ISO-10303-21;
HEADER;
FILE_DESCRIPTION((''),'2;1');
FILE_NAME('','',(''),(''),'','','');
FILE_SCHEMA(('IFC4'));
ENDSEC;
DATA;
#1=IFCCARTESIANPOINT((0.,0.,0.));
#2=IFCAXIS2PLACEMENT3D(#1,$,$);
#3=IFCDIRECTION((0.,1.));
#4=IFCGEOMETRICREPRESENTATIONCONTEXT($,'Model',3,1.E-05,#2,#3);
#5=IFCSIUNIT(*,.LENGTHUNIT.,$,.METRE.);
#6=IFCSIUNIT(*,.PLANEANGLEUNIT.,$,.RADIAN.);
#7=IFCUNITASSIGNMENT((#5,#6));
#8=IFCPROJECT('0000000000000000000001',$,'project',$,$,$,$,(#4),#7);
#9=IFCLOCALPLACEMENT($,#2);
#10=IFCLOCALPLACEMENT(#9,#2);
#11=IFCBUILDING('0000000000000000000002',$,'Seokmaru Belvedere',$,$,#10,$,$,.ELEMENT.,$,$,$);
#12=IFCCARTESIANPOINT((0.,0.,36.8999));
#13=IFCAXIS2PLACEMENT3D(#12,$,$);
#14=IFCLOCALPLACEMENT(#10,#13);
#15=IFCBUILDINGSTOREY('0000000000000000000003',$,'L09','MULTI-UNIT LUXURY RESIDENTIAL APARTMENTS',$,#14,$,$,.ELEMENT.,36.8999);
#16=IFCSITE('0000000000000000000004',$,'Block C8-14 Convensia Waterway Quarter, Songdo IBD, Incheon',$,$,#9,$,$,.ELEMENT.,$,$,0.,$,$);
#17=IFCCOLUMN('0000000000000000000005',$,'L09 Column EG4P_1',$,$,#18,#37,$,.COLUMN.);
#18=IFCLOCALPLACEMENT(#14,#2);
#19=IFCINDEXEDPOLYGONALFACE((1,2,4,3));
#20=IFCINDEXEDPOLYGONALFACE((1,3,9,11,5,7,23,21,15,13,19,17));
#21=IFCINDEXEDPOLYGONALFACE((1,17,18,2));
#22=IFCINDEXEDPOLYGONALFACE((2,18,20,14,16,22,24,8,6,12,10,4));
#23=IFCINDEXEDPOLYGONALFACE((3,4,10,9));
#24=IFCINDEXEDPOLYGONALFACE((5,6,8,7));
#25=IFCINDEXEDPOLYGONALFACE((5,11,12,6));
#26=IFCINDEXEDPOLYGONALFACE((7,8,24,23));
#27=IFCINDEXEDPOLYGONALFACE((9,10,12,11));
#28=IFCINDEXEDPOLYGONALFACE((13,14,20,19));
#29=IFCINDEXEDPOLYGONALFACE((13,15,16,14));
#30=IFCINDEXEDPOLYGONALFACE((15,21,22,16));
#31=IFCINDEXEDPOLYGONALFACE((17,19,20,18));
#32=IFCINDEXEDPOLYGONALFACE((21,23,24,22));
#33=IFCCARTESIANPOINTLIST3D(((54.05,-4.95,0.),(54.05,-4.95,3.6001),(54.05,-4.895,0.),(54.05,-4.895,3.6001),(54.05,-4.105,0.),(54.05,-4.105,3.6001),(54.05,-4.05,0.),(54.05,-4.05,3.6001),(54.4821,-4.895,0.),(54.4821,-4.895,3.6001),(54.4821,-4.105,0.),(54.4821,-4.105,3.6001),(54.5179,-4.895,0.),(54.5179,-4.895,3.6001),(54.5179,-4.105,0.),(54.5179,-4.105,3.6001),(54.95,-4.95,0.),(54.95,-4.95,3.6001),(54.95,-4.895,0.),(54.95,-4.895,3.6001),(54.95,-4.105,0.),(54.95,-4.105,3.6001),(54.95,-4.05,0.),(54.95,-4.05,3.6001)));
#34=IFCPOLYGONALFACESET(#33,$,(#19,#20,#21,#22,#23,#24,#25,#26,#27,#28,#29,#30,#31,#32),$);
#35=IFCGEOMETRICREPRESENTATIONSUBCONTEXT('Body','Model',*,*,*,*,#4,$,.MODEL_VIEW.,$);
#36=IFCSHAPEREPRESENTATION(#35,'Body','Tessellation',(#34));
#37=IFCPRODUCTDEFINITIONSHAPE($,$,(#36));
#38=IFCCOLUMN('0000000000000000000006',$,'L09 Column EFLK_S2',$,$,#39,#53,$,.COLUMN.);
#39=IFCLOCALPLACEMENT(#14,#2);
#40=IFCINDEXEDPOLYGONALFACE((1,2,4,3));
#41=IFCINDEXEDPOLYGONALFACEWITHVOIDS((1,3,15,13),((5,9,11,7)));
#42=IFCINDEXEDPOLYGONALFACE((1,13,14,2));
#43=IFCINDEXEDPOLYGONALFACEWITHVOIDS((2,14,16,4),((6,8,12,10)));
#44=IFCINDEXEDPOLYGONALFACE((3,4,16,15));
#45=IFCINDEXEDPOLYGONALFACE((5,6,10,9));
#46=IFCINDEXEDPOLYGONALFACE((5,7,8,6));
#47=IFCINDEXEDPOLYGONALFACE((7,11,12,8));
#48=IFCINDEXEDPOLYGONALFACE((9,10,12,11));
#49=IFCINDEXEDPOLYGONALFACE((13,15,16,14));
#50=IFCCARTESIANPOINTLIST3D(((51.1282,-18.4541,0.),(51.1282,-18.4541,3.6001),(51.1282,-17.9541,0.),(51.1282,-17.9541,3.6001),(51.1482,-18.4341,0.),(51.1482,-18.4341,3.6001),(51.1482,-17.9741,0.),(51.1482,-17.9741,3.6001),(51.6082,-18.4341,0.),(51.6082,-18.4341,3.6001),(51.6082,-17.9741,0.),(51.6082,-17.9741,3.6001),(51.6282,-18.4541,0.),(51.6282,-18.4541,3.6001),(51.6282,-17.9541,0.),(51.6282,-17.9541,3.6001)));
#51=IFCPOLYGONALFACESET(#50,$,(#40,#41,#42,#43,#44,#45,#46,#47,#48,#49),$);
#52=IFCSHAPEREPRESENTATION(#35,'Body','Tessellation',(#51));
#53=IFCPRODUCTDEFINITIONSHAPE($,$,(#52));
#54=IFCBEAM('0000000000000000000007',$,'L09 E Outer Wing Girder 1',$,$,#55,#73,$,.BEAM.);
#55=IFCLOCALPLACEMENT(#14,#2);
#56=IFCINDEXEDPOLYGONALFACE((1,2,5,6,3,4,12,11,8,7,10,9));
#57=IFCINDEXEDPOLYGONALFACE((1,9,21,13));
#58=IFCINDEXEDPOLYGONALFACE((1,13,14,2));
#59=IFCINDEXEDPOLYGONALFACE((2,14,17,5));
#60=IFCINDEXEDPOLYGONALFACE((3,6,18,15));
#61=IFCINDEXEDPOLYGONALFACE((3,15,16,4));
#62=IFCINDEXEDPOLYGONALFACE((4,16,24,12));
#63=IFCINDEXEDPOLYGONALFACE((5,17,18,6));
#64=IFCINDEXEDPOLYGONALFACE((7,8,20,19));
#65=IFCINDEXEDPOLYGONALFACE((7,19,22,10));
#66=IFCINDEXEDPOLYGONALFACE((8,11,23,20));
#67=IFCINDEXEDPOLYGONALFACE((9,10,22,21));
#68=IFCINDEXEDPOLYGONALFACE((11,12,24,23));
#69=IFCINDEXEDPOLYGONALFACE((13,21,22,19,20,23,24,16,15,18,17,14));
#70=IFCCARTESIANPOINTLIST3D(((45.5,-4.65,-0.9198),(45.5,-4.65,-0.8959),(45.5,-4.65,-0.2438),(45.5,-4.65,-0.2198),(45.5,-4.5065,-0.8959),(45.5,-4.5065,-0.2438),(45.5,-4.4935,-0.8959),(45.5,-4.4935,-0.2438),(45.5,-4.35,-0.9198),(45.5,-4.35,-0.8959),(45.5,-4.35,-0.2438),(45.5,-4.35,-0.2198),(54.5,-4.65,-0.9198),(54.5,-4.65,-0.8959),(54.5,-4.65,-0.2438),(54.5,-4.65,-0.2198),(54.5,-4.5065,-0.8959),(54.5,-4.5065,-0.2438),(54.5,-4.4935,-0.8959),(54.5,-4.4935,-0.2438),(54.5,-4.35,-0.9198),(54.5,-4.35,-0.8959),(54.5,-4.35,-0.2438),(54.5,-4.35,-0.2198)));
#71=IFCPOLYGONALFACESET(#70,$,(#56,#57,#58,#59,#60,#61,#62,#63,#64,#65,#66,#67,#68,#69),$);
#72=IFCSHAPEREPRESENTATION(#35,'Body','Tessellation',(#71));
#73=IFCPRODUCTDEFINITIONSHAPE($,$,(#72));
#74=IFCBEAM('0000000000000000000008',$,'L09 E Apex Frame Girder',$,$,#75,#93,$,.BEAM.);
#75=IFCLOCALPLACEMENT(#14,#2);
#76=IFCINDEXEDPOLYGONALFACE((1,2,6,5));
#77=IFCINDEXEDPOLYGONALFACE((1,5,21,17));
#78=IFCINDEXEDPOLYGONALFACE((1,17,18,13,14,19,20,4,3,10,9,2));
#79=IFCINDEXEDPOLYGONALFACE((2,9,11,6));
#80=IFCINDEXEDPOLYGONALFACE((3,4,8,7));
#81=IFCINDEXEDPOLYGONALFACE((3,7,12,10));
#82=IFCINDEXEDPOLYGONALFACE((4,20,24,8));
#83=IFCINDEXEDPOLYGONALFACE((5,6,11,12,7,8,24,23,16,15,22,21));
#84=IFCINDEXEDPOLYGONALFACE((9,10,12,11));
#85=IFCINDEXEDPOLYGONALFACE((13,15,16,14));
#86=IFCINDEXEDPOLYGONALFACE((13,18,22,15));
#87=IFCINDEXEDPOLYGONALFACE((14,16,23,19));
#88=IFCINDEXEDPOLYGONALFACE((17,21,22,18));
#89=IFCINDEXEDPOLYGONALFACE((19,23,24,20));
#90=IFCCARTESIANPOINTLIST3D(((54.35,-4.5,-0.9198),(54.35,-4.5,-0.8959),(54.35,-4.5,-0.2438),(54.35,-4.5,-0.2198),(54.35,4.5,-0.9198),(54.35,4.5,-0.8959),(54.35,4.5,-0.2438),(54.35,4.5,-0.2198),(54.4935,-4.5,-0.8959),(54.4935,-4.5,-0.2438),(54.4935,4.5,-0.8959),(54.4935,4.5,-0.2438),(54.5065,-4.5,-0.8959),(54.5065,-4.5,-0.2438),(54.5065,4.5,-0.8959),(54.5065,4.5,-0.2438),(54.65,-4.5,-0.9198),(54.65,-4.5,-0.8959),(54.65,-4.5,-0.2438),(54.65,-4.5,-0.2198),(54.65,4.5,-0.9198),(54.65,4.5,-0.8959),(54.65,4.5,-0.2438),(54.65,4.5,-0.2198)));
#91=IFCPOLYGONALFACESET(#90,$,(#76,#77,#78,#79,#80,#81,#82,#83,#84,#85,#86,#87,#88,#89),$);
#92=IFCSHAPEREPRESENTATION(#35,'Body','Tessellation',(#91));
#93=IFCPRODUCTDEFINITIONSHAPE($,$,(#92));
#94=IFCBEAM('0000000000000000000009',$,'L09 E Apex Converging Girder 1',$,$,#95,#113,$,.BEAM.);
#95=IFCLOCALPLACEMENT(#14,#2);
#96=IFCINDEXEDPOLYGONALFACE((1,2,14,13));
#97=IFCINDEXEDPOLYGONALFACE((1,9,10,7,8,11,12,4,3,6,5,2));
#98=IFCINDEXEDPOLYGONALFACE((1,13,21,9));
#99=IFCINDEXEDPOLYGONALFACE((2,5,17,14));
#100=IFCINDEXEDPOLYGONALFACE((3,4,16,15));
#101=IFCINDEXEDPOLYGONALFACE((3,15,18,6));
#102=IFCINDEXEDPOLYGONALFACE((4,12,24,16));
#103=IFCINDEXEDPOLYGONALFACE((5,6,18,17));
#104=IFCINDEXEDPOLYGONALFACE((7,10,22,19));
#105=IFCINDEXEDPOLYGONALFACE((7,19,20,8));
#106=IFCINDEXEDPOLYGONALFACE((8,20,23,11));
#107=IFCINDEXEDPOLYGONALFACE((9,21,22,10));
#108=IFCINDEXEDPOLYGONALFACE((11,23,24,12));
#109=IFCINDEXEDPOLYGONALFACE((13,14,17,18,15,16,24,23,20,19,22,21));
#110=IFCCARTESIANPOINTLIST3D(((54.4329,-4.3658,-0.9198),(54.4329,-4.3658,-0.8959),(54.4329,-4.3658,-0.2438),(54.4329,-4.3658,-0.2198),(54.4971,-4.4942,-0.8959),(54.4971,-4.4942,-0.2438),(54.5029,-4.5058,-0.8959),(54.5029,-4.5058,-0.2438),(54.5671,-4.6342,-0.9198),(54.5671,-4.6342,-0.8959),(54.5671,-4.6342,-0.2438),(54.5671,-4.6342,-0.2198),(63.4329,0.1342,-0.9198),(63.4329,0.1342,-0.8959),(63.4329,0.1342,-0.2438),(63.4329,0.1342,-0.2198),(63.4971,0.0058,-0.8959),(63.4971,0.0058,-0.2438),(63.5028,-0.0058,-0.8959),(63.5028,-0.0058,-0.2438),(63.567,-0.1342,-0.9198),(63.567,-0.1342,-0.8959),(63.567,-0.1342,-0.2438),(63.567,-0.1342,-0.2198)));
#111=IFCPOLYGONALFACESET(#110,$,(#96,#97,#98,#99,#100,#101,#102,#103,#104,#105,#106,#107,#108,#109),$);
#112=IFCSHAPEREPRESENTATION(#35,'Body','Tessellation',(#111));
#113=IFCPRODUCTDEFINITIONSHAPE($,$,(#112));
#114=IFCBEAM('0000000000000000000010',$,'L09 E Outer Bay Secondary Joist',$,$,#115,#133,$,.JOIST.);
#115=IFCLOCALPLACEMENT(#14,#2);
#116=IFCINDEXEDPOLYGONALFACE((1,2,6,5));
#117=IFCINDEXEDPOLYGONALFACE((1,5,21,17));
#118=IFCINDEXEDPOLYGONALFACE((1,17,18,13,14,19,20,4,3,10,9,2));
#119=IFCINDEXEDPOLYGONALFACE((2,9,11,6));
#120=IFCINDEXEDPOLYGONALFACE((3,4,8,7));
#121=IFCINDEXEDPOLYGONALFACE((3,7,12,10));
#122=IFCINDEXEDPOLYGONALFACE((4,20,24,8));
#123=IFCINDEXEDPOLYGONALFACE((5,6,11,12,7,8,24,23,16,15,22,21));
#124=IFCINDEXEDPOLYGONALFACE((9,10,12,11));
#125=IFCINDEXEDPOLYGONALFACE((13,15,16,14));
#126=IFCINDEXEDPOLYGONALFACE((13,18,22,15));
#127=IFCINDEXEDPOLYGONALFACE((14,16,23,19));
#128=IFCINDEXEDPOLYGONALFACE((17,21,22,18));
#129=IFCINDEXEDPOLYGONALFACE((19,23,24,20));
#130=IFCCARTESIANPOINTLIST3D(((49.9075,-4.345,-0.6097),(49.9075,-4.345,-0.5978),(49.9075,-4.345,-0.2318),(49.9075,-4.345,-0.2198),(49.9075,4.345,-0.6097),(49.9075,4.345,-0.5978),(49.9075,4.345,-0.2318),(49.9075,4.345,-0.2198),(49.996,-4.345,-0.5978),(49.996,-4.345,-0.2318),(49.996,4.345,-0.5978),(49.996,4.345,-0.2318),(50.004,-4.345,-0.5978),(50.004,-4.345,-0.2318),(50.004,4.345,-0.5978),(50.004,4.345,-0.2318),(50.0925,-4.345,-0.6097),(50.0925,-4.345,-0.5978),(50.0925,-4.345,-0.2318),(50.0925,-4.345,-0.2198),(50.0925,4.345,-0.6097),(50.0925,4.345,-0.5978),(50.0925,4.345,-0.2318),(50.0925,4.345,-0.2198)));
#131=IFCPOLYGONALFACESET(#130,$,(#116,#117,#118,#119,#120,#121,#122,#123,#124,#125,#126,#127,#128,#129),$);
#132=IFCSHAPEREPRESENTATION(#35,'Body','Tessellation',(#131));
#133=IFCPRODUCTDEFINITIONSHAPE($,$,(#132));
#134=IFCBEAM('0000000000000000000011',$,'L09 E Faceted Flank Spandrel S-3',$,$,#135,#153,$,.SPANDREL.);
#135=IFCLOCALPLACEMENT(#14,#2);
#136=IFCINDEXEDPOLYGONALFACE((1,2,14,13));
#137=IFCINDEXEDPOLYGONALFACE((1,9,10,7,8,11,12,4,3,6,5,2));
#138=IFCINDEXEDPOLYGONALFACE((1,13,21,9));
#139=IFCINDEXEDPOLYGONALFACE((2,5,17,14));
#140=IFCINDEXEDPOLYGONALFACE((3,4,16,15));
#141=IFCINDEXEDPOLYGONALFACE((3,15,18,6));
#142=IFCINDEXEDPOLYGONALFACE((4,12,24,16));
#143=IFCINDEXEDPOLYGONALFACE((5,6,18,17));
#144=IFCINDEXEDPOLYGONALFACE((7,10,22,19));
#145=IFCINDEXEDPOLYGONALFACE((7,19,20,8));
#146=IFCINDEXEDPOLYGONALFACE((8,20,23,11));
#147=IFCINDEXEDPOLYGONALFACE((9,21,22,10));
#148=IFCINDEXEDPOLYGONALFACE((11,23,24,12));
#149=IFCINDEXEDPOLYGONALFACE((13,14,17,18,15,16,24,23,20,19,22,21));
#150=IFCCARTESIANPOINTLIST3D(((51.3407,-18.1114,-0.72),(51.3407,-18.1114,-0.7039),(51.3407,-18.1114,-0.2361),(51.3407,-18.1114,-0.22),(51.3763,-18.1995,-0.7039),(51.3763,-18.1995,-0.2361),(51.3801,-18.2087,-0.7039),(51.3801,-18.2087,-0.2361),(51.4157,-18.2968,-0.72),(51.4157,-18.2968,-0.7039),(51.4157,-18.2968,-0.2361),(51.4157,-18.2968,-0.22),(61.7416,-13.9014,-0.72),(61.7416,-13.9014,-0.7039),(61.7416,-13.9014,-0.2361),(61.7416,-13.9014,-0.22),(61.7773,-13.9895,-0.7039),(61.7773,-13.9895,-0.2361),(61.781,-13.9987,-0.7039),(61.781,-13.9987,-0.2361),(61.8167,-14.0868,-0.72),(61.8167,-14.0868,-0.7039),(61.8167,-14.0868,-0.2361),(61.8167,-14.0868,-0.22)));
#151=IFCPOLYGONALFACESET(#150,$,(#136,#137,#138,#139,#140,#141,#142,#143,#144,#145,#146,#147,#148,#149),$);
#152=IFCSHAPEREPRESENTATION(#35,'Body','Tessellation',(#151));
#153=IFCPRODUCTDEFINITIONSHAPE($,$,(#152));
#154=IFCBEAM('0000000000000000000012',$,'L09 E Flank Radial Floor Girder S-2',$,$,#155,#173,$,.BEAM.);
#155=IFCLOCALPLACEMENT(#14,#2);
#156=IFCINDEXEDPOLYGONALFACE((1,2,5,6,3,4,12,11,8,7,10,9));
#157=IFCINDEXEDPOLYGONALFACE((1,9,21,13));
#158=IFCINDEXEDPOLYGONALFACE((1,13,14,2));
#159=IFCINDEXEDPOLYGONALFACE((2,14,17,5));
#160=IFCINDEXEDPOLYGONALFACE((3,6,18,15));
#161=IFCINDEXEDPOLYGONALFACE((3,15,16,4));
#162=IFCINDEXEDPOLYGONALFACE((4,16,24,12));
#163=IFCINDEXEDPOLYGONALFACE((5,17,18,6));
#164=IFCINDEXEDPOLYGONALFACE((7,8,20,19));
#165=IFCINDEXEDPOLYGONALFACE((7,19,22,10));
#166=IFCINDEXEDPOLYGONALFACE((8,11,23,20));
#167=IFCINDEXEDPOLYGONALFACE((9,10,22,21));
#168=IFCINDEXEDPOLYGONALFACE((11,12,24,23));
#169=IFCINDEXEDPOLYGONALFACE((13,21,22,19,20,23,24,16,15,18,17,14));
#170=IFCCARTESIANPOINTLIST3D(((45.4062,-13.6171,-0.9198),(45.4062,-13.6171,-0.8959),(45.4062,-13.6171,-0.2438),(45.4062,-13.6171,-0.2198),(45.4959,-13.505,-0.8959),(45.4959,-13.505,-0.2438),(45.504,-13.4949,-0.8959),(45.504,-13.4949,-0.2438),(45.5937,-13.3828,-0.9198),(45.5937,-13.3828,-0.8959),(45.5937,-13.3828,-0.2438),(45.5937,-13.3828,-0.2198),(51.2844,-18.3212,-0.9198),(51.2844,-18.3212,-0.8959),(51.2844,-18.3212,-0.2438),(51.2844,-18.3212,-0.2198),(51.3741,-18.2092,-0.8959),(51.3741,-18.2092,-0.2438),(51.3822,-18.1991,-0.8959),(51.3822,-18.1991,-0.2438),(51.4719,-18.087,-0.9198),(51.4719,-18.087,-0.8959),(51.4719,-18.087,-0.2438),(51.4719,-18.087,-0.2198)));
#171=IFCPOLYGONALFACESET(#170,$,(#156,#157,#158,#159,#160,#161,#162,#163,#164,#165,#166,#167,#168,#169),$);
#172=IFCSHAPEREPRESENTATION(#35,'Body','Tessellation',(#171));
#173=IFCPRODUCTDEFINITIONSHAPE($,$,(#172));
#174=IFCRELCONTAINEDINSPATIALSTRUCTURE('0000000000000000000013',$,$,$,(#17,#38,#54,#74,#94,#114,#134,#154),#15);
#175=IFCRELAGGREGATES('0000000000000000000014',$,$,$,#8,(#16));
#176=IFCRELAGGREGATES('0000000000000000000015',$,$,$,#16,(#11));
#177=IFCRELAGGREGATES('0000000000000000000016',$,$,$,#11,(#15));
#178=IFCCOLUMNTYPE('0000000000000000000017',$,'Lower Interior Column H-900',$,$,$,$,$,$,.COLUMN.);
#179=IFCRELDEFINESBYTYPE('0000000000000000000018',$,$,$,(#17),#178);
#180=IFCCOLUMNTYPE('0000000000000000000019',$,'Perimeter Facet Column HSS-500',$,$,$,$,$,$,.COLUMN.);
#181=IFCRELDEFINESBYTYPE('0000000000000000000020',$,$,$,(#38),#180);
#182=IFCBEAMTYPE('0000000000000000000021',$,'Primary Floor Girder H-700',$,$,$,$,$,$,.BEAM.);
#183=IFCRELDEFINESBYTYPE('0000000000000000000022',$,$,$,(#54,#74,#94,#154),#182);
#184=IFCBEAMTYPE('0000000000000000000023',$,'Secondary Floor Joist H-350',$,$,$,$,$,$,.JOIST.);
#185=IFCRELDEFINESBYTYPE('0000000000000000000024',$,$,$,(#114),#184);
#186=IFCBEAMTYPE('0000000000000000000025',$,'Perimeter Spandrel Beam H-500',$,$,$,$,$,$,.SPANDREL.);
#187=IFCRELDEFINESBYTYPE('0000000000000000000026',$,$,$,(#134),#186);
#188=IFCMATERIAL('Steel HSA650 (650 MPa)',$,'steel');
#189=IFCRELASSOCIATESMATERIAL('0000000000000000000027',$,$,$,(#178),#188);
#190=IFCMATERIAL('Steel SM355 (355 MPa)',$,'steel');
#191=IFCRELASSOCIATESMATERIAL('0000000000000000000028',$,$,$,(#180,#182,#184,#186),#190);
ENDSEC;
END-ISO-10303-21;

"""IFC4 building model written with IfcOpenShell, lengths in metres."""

from ifc_helpers import new_model, si_unit, direction, frame, origin, origin_2d, place, context, subcontext, project, spatial, hollow_rectangle, i_section, extrude, source, transform, mapped, material, material_profile, profile_set, type_object, type_shapes, element, save


model = new_model("IFC4")

# Units and contexts
model_context = context("Model", 3, precision=1e-05, world=origin(), true_north=direction((0.0, 1.0)))
body_context = subcontext(model_context, "Body", "Model", "MODEL_VIEW")
ifc_project = project(units=[si_unit("LENGTHUNIT", "METRE"), si_unit("PLANEANGLEUNIT", "RADIAN")], contexts=[model_context])

# Site, building, storey
site_placement = place(None, origin())
site = spatial("IfcSite", under=ifc_project, at=site_placement, Name="Block C8-14 Convensia Waterway Quarter, Songdo IBD, Incheon", CompositionType="ELEMENT", RefElevation=0.0)
building_placement = place(site_placement, origin())
building = spatial("IfcBuilding", under=site, at=building_placement, Name="Seokmaru Belvedere", CompositionType="ELEMENT")
storey_placement = place(building_placement, frame((0.0, 0.0, 36.8999)))
storey = spatial("IfcBuildingStorey", under=building, at=storey_placement, Name="L09", Description="MULTI-UNIT LUXURY RESIDENTIAL APARTMENTS", CompositionType="ELEMENT", Elevation=36.8999)

# Columns
ifc_material_1 = material(Name="Steel HSA650 (650 MPa)", Category="steel")
ifc_material_profile_1 = material_profile(ifc_material_1, i_section(OverallWidth=0.8999, OverallDepth=0.8999, WebThickness=0.0359, FlangeThickness=0.0549, at=origin_2d()), Name="H-900x900x36x55")
ifc_profile_set_1 = profile_set([ifc_material_profile_1], Name="Steel HSA650 (650 MPa)")
column_type_1 = type_object("IfcColumnType", Name="Lower Interior Column H-900", PredefinedType="COLUMN", material=ifc_profile_set_1)
shared_shape_1 = source(origin(), body_context, "Body", "SweptSolid", [
    extrude(i_section(OverallWidth=0.8999, OverallDepth=0.8999, WebThickness=0.0359, FlangeThickness=0.0549, at=origin_2d()), origin(), (0.0, 0.0, 1.0), 3.6001),
])
type_shapes(column_type_1, [shared_shape_1])
column_1_placement = place(storey_placement, frame((54.5, -4.5, 0.0), z_axis=(0.0, 0.0, 1.0), x_axis=(1.0, 0.0, 0.0)))
element("IfcColumn", 1, at=column_1_placement, inside=storey, type_object=column_type_1, Name="L09 Column EG4P_1", PredefinedType="COLUMN", context=body_context, shape_type="MappedRepresentation", body=[
    mapped(shared_shape_1, transform((0.0, 0.0, 0.0), scale=1.0)),
])
ifc_material_2 = material(Name="Steel SM355 (355 MPa)", Category="steel")
ifc_material_profile_2 = material_profile(ifc_material_2, hollow_rectangle(XDim=0.5, YDim=0.5, WallThickness=0.02, at=origin_2d()), Name="HSS-500x500x20")
ifc_profile_set_2 = profile_set([ifc_material_profile_2], Name="Steel SM355 (355 MPa)")
column_type_2 = type_object("IfcColumnType", Name="Perimeter Facet Column HSS-500", PredefinedType="COLUMN", material=ifc_profile_set_2)
shared_shape_2 = source(origin(), body_context, "Body", "SweptSolid", [
    extrude(hollow_rectangle(XDim=0.5, YDim=0.5, WallThickness=0.02, at=origin_2d()), origin(), (0.0, 0.0, 1.0), 3.6001),
])
type_shapes(column_type_2, [shared_shape_2])
column_2_placement = place(storey_placement, frame((51.3782, -18.2041, 0.0), z_axis=(0.0, 0.0, 1.0), x_axis=(1.0, 0.0, 0.0)))
element("IfcColumn", 2, at=column_2_placement, inside=storey, type_object=column_type_2, Name="L09 Column EFLK_S2", PredefinedType="COLUMN", context=body_context, shape_type="MappedRepresentation", body=[
    mapped(shared_shape_2, transform((0.0, 0.0, 0.0), scale=1.0)),
])

# Beams
ifc_material_profile_3 = material_profile(ifc_material_2, i_section(OverallWidth=0.3, OverallDepth=0.7, WebThickness=0.0129, FlangeThickness=0.0239, at=origin_2d()), Name="H-700x300x13x24")
ifc_profile_set_3 = profile_set([ifc_material_profile_3], Name="Steel SM355 (355 MPa)")
beam_type_1 = type_object("IfcBeamType", Name="Primary Floor Girder H-700", PredefinedType="BEAM", material=ifc_profile_set_3)
shared_shape_3 = source(origin(), body_context, "Body", "SweptSolid", [
    extrude(i_section(OverallWidth=0.3, OverallDepth=0.7, WebThickness=0.0129, FlangeThickness=0.0239, at=origin_2d()), origin(), (0.0, 0.0, 1.0), 9.0),
])
for number, where, z_axis, x_axis, name in (
    (3, (45.5, -4.5, -0.5698), (1.0, 0.0, 0.0), (0.0, 1.0, 0.0), "L09 E Outer Wing Girder 1"),
    (4, (54.5, -4.5, -0.5698), (0.0, 1.0, 0.0), (-1.0, 0.0, 0.0), "L09 E Apex Frame Girder"),
):
    element("IfcBeam", number, at=place(storey_placement, frame(where, z_axis=z_axis, x_axis=x_axis)), inside=storey, type_object=beam_type_1, Name=name, PredefinedType="BEAM", context=body_context, shape_type="MappedRepresentation", body=[
        mapped(shared_shape_3, transform((0.0, 0.0, 0.0), scale=1.0)),
    ])
shared_shape_4 = source(origin(), body_context, "Body", "SweptSolid", [
    extrude(i_section(OverallWidth=0.3, OverallDepth=0.7, WebThickness=0.0129, FlangeThickness=0.0239, at=origin_2d()), origin(), (0.0, 0.0, 1.0), 10.0623),
])
beam_1_placement = place(storey_placement, frame((54.5, -4.5, -0.5698), z_axis=(0.894427, 0.447214, 0.0), x_axis=(-0.447214, 0.894427, 0.0)))
element("IfcBeam", 5, at=beam_1_placement, inside=storey, type_object=beam_type_1, Name="L09 E Apex Converging Girder 1", PredefinedType="BEAM", context=body_context, shape_type="MappedRepresentation", body=[
    mapped(shared_shape_4, transform((0.0, 0.0, 0.0), scale=1.0)),
])
ifc_material_profile_4 = material_profile(ifc_material_2, i_section(OverallWidth=0.1851, OverallDepth=0.3899, WebThickness=0.0081, FlangeThickness=0.012, at=origin_2d()), Name="H-390x185x8x12")
ifc_profile_set_4 = profile_set([ifc_material_profile_4], Name="Steel SM355 (355 MPa)")
beam_type_2 = type_object("IfcBeamType", Name="Secondary Floor Joist H-350", PredefinedType="JOIST", material=ifc_profile_set_4)
shared_shape_5 = source(origin(), body_context, "Body", "SweptSolid", [
    extrude(i_section(OverallWidth=0.1851, OverallDepth=0.3899, WebThickness=0.0081, FlangeThickness=0.012, at=origin_2d()), origin(), (0.0, 0.0, 1.0), 8.6899),
])
type_shapes(beam_type_2, [shared_shape_5])
beam_2_placement = place(storey_placement, frame((50.0, -4.345, -0.4148), z_axis=(0.0, 1.0, 0.0), x_axis=(-1.0, 0.0, 0.0)))
element("IfcBeam", 6, at=beam_2_placement, inside=storey, type_object=beam_type_2, Name="L09 E Outer Bay Secondary Joist", PredefinedType="JOIST", context=body_context, shape_type="MappedRepresentation", body=[
    mapped(shared_shape_5, transform((0.0, 0.0, 0.0), scale=1.0)),
])
ifc_material_profile_5 = material_profile(ifc_material_2, i_section(OverallWidth=0.2, OverallDepth=0.5, WebThickness=0.01, FlangeThickness=0.0161, at=origin_2d()), Name="H-500x200x10x16")
ifc_profile_set_5 = profile_set([ifc_material_profile_5], Name="Steel SM355 (355 MPa)")
beam_type_3 = type_object("IfcBeamType", Name="Perimeter Spandrel Beam H-500", PredefinedType="SPANDREL", material=ifc_profile_set_5)
shared_shape_6 = source(origin(), body_context, "Body", "SweptSolid", [
    extrude(i_section(OverallWidth=0.2, OverallDepth=0.5, WebThickness=0.01, FlangeThickness=0.0161, at=origin_2d()), origin(), (0.0, 0.0, 1.0), 11.2207),
])
type_shapes(beam_type_3, [shared_shape_6])
beam_3_placement = place(storey_placement, frame((51.3782, -18.2041, -0.47), z_axis=(0.926944, 0.375199, 0.0), x_axis=(-0.375199, 0.926944, 0.0)))
element("IfcBeam", 7, at=beam_3_placement, inside=storey, type_object=beam_type_3, Name="L09 E Faceted Flank Spandrel S-3", PredefinedType="SPANDREL", context=body_context, shape_type="MappedRepresentation", body=[
    mapped(shared_shape_6, transform((0.0, 0.0, 0.0), scale=1.0)),
])
shared_shape_7 = source(origin(), body_context, "Body", "SweptSolid", [
    extrude(i_section(OverallWidth=0.3, OverallDepth=0.7, WebThickness=0.0129, FlangeThickness=0.0239, at=origin_2d()), origin(), (0.0, 0.0, 1.0), 7.5288),
])
type_shapes(beam_type_1, [shared_shape_3, shared_shape_4, shared_shape_7])
beam_4_placement = place(storey_placement, frame((51.3782, -18.2041, -0.5698), z_axis=(-0.780768, 0.624822, 0.0), x_axis=(-0.624822, -0.780768, 0.0)))
element("IfcBeam", 8, at=beam_4_placement, inside=storey, type_object=beam_type_1, Name="L09 E Flank Radial Floor Girder S-2", PredefinedType="BEAM", context=body_context, shape_type="MappedRepresentation", body=[
    mapped(shared_shape_7, transform((0.0, 0.0, 0.0), scale=1.0)),
])

save(model, "model.ifc")
